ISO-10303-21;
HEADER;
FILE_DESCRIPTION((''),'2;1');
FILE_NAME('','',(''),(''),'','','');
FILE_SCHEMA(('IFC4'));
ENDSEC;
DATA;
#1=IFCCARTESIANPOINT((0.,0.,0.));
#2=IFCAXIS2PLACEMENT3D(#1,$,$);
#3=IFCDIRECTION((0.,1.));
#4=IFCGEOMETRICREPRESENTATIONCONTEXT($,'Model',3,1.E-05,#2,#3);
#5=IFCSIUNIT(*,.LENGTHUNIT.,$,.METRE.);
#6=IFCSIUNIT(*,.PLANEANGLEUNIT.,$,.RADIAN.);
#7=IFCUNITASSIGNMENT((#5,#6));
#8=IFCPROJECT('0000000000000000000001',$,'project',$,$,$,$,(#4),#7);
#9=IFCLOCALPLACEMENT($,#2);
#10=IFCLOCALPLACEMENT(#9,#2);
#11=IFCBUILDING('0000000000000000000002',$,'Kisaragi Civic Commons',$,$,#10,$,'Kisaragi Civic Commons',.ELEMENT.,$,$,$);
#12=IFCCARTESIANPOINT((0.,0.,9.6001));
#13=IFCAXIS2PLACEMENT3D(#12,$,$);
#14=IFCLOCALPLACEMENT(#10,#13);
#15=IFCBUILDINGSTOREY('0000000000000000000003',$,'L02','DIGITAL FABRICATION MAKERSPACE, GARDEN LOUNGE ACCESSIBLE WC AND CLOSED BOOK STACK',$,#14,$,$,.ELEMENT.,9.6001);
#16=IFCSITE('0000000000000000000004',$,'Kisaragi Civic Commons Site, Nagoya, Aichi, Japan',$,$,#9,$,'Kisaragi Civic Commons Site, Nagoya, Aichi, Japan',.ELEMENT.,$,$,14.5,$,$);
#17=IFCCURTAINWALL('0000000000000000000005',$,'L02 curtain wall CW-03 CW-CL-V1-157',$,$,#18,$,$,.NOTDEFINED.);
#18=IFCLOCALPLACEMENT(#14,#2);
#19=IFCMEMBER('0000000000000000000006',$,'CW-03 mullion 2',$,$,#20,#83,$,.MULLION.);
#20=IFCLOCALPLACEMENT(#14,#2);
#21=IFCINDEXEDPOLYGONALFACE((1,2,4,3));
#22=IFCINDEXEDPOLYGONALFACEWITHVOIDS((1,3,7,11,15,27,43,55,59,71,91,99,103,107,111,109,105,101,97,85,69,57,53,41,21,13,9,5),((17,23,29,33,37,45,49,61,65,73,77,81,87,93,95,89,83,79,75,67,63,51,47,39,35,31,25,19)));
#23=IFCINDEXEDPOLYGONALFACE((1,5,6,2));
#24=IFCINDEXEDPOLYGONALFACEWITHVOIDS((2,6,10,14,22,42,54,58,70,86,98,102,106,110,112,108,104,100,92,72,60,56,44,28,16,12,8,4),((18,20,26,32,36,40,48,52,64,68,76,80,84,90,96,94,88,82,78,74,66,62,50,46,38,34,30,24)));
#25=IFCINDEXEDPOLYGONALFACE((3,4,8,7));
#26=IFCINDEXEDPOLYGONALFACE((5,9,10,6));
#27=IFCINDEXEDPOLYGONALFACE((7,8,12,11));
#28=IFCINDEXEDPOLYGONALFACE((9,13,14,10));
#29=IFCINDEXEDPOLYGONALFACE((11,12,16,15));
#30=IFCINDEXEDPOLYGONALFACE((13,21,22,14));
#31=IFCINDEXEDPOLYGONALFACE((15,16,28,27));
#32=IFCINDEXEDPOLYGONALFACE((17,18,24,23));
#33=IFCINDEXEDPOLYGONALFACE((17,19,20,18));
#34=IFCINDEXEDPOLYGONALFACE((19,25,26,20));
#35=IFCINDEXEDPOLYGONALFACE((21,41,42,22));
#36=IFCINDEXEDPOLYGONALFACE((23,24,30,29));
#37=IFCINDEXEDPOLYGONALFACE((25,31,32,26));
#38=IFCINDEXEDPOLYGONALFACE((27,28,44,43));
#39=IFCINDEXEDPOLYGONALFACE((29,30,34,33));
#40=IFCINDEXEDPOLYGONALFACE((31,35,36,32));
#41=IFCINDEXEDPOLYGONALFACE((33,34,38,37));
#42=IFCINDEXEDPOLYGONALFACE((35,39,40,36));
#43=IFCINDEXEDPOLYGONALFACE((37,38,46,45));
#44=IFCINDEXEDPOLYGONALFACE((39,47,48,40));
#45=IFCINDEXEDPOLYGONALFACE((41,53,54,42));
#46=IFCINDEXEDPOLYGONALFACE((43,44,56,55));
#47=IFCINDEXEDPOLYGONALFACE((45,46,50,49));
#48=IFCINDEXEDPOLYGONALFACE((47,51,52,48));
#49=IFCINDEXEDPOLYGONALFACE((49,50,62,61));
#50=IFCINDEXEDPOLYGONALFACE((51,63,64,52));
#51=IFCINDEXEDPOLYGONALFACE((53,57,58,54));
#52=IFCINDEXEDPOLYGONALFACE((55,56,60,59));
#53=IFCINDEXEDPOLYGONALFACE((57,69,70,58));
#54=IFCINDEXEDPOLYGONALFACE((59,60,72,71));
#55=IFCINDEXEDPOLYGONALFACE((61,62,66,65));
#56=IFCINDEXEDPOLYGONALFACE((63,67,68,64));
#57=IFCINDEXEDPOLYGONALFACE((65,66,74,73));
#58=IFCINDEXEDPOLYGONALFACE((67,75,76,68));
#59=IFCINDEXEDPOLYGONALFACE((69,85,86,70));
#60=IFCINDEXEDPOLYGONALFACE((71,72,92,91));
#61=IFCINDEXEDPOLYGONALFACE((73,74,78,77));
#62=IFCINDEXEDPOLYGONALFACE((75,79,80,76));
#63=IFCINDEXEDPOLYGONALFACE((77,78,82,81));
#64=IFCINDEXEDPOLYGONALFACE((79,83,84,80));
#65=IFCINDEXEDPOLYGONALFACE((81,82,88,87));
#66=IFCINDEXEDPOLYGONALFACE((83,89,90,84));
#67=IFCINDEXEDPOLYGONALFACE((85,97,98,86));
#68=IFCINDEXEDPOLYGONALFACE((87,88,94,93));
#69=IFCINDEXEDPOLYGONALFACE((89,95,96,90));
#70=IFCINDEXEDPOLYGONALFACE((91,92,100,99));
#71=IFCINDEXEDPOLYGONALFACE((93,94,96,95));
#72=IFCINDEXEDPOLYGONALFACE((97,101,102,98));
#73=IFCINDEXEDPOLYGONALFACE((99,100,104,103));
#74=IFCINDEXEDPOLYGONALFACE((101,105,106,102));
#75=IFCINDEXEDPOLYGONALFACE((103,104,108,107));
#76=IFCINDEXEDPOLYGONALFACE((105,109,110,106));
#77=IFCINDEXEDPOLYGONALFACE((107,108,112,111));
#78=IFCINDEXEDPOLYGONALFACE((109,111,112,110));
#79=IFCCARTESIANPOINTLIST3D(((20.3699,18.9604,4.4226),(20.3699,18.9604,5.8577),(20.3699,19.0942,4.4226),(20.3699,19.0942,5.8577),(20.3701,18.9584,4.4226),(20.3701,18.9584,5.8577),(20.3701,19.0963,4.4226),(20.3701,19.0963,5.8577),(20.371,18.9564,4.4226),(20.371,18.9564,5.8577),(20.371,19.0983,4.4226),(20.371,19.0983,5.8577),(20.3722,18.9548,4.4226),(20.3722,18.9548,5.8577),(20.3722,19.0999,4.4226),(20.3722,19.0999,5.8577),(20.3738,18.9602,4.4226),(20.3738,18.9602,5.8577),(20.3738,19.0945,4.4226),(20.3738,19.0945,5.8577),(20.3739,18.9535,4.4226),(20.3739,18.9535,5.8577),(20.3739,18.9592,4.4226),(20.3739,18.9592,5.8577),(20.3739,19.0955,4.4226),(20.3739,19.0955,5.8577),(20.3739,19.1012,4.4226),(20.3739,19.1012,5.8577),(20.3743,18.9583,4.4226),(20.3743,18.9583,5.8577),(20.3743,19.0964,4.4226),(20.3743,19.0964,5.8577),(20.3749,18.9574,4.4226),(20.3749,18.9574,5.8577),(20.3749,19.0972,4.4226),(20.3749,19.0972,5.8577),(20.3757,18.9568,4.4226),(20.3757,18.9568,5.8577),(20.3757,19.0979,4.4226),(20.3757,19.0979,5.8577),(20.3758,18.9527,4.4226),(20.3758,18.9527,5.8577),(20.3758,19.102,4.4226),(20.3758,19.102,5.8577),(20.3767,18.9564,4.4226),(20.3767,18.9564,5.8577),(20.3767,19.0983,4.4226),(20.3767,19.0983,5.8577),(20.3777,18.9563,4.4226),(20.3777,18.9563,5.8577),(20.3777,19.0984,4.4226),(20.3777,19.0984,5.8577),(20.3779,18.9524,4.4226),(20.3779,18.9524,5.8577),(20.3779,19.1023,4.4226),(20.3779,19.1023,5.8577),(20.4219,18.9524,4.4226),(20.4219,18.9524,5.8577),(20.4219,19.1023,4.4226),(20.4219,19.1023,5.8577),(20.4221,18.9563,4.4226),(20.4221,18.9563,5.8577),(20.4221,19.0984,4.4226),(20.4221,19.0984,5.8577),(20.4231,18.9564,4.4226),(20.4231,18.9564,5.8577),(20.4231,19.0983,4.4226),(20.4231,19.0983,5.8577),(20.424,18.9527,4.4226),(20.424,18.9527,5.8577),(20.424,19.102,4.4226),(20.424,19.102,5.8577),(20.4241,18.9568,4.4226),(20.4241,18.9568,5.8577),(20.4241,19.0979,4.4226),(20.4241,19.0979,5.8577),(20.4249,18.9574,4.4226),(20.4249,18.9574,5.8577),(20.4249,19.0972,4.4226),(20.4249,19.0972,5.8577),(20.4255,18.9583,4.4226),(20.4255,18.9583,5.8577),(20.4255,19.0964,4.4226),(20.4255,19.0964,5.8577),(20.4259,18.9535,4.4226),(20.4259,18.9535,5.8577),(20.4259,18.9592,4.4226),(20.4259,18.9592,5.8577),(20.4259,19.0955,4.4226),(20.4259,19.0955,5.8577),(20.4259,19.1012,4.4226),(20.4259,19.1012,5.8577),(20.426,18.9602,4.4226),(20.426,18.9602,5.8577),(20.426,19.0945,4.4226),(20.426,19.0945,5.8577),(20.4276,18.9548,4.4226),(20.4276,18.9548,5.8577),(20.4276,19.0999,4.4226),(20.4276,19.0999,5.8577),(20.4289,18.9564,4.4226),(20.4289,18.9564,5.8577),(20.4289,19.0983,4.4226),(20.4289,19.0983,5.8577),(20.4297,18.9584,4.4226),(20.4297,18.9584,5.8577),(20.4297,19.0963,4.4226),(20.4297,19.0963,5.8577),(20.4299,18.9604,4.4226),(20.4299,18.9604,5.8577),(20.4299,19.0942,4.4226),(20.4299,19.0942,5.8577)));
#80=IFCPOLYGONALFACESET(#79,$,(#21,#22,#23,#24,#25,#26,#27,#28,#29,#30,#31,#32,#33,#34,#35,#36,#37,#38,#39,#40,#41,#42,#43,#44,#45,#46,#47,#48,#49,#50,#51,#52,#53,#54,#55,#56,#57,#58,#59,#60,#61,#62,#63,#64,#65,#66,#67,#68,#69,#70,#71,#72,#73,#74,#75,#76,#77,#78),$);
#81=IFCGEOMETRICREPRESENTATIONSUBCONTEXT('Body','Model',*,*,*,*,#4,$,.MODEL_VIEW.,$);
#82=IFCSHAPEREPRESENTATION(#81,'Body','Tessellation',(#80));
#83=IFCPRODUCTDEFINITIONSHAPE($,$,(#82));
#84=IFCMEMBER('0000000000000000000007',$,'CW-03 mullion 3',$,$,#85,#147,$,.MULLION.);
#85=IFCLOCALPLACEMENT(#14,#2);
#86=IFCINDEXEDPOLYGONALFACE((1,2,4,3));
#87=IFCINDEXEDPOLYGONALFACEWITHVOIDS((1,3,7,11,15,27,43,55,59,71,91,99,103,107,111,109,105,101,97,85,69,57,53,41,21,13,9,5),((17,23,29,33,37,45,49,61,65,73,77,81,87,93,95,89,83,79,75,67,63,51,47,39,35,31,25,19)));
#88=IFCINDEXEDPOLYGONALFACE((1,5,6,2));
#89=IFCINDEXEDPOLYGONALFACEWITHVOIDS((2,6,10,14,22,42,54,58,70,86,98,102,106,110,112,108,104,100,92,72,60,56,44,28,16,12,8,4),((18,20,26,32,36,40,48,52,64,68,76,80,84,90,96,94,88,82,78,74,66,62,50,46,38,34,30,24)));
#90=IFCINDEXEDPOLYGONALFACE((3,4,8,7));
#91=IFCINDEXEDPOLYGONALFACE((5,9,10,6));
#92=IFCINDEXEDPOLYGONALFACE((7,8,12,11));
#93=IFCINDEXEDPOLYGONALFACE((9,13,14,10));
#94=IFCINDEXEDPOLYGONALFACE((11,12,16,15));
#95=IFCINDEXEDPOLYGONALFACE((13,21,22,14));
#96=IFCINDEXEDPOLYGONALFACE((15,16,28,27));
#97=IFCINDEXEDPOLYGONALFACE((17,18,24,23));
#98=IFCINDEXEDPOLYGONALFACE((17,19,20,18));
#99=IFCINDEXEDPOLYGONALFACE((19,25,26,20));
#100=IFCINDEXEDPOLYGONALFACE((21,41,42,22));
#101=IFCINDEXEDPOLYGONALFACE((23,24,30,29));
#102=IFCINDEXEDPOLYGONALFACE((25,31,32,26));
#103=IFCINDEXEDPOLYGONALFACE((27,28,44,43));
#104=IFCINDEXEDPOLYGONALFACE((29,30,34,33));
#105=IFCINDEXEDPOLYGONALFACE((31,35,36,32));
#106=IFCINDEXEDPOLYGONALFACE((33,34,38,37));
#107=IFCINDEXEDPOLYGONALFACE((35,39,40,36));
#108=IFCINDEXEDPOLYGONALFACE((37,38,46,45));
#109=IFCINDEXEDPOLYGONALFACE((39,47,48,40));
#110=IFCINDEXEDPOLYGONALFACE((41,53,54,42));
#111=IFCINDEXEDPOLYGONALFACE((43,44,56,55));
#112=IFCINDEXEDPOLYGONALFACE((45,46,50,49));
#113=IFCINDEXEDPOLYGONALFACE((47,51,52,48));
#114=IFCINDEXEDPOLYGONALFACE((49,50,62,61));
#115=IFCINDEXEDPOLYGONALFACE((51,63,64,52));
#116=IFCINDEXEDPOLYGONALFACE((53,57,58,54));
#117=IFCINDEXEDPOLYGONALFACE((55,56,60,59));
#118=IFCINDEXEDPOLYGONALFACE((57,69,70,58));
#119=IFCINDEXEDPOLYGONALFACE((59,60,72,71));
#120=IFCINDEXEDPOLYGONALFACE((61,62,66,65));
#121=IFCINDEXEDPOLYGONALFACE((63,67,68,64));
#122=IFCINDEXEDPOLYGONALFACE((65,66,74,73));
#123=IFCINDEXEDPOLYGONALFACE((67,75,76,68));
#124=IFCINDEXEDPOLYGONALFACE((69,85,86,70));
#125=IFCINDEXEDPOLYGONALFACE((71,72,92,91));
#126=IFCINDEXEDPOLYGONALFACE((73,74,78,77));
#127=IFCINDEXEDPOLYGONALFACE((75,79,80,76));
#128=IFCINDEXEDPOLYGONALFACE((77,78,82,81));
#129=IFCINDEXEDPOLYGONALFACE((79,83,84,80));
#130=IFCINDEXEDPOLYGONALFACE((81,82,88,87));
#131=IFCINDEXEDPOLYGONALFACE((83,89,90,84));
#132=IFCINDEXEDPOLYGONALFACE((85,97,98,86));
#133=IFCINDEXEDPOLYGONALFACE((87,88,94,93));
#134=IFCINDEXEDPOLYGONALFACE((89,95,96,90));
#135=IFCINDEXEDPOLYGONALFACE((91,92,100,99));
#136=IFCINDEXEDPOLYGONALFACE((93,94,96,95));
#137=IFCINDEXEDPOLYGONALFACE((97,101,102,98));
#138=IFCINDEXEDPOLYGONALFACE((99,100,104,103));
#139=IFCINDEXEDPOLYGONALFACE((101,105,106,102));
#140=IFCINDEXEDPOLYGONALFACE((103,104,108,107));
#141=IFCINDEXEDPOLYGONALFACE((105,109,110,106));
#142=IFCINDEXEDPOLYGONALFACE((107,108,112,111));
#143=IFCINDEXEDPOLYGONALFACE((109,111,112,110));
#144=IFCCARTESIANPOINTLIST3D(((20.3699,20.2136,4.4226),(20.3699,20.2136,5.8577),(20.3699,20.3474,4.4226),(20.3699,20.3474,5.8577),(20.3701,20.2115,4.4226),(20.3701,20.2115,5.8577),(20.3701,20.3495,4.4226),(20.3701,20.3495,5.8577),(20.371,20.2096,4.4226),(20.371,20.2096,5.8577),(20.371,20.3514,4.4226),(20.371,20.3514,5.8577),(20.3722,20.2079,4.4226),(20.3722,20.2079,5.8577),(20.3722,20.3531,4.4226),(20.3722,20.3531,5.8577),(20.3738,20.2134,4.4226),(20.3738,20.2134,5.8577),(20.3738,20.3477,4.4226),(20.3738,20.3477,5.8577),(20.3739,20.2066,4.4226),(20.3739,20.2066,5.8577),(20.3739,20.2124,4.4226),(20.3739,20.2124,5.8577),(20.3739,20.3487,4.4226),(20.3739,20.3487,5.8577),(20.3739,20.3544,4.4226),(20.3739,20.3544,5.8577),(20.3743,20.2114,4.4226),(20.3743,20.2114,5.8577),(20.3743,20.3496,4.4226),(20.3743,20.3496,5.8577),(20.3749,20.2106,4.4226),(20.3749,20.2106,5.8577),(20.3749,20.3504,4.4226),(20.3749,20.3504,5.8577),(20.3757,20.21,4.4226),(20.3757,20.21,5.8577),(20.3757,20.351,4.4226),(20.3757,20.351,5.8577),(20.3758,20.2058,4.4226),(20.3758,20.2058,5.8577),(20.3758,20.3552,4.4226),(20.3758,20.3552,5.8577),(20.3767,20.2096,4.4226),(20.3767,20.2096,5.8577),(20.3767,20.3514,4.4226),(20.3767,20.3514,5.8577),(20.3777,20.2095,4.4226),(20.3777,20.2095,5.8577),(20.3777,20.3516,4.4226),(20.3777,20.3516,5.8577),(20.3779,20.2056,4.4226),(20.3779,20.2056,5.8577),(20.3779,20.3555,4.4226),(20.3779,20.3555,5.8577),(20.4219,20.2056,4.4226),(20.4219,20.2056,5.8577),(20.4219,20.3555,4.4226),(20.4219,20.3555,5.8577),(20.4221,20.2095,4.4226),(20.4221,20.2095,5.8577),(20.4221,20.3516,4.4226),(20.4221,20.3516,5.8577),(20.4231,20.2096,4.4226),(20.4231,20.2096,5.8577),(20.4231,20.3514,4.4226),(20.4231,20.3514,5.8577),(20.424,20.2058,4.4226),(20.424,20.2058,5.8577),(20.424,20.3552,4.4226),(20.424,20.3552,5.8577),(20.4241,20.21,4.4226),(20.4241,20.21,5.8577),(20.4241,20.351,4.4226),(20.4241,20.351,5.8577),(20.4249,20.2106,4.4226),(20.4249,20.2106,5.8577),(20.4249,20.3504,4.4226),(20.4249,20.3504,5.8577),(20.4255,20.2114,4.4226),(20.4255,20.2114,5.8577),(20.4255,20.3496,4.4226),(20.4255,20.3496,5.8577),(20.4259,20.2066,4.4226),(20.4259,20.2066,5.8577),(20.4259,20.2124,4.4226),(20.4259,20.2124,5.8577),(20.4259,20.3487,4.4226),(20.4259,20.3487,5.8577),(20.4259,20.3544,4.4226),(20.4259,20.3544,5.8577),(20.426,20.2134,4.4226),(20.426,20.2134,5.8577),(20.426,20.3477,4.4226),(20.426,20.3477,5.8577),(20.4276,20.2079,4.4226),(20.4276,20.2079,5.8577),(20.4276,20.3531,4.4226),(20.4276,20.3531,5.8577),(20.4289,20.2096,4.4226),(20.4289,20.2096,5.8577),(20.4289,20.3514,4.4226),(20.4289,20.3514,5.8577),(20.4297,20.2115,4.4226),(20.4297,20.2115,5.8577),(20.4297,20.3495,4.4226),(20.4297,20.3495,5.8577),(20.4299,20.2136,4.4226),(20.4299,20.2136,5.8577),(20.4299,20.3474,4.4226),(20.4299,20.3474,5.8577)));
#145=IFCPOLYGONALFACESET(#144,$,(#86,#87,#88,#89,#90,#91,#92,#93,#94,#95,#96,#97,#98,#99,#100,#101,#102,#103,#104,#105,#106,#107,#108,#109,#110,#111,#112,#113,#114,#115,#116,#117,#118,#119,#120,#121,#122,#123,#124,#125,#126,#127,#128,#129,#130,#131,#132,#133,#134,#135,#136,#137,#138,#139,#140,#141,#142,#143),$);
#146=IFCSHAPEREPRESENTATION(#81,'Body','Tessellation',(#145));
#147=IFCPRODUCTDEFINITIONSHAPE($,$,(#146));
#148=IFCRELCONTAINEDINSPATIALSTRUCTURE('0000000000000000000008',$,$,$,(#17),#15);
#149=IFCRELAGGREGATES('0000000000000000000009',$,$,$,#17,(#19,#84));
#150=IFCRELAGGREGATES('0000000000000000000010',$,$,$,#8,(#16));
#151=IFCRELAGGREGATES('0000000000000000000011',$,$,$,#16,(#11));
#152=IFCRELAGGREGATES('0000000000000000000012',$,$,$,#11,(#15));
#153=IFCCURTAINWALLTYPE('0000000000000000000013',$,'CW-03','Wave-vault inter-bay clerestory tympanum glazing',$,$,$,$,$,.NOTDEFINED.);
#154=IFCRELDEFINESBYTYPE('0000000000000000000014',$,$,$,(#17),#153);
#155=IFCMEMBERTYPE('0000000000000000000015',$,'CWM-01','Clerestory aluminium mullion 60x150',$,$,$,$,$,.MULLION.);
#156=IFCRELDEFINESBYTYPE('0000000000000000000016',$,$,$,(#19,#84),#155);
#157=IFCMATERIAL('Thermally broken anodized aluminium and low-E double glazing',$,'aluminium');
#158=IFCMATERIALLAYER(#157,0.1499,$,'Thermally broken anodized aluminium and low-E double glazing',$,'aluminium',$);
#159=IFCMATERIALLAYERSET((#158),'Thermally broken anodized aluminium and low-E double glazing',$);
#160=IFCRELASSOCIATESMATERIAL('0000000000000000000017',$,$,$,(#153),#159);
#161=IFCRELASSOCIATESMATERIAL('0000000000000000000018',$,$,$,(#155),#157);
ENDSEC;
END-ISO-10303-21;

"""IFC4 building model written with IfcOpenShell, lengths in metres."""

from ifc_helpers import new_model, si_unit, direction, frame, origin, origin_2d, place, context, subcontext, project, spatial, hollow_rectangle, extrude, material, layer, layer_set, material_profile, profile_set, type_object, element, aggregate, save


model = new_model("IFC4")

# Units and contexts
model_context = context("Model", 3, precision=1e-05, world=origin(), true_north=direction((0.0, 1.0)))
body_context = subcontext(model_context, "Body", "Model", "MODEL_VIEW")
ifc_project = project(units=[si_unit("LENGTHUNIT", "METRE"), si_unit("PLANEANGLEUNIT", "RADIAN")], contexts=[model_context])

# Site, building, storey
site_placement = place(None, origin())
site = spatial("IfcSite", under=ifc_project, at=site_placement, Name="Kisaragi Civic Commons Site, Nagoya, Aichi, Japan", LongName="Kisaragi Civic Commons Site, Nagoya, Aichi, Japan", CompositionType="ELEMENT", RefElevation=14.5)
building_placement = place(site_placement, origin())
building = spatial("IfcBuilding", under=site, at=building_placement, Name="Kisaragi Civic Commons", LongName="Kisaragi Civic Commons", CompositionType="ELEMENT")
storey_placement = place(building_placement, frame((0.0, 0.0, 9.6001)))
storey = spatial("IfcBuildingStorey", under=building, at=storey_placement, Name="L02", Description="DIGITAL FABRICATION MAKERSPACE, GARDEN LOUNGE ACCESSIBLE WC AND CLOSED BOOK STACK", CompositionType="ELEMENT", Elevation=9.6001)

# Shared definitions
ifc_material_1 = material(Name="Thermally broken anodized aluminium and low-E double glazing", Category="aluminium")
ifc_layer_1 = layer(ifc_material_1, 0.1499, Name="Thermally broken anodized aluminium and low-E double glazing", Category="aluminium")
ifc_layer_set_1 = layer_set([ifc_layer_1], Name="Thermally broken anodized aluminium and low-E double glazing")
curtain_wall_type = type_object("IfcCurtainWallType", Name="CW-03", Description="Wave-vault inter-bay clerestory tympanum glazing", PredefinedType="NOTDEFINED", material=ifc_layer_set_1)
ifc_material_profile_1 = material_profile(ifc_material_1, hollow_rectangle(XDim=0.0601, YDim=0.1499, WallThickness=0.0039, InnerFilletRadius=0.0039, OuterFilletRadius=0.0081, at=origin_2d()), Name="CWM-60x150x4", Category="aluminium")
ifc_profile_set_1 = profile_set([ifc_material_profile_1], Name="Thermally broken anodized aluminium and low-E double glazing")
member_type_1 = type_object("IfcMemberType", Name="CWM-01", Description="Clerestory aluminium mullion 60x150", PredefinedType="MULLION", material=ifc_profile_set_1)

# Curtain wall, members
curtain_wall_1_placement = place(storey_placement, origin())
curtain_wall_1 = element("IfcCurtainWall", 1, at=curtain_wall_1_placement, inside=storey, type_object=curtain_wall_type, Name="L02 curtain wall CW-03 CW-CL-V1-157", PredefinedType="NOTDEFINED")
member_1_placement = place(storey_placement, frame((20.3999, 19.0273, 4.4226), z_axis=(0.0, 0.0, 1.0), x_axis=(-1.0, 0.0, 0.0)))
member_1 = element("IfcMember", 2, at=member_1_placement, type_object=member_type_1, Name="CW-03 mullion 2", PredefinedType="MULLION", context=body_context, shape_type="SweptSolid", body=[
    extrude(hollow_rectangle(XDim=0.0601, YDim=0.1499, WallThickness=0.0039, InnerFilletRadius=0.0039, OuterFilletRadius=0.0081, at=origin_2d()), origin(), (0.0, 0.0, 1.0), 1.4351),
])
member_2_placement = place(storey_placement, frame((20.3999, 20.2805, 4.4226), z_axis=(0.0, 0.0, 1.0), x_axis=(-1.0, 0.0, 0.0)))
member_2 = element("IfcMember", 3, at=member_2_placement, type_object=member_type_1, Name="CW-03 mullion 3", PredefinedType="MULLION", context=body_context, shape_type="SweptSolid", body=[
    extrude(hollow_rectangle(XDim=0.0601, YDim=0.1499, WallThickness=0.0039, InnerFilletRadius=0.0039, OuterFilletRadius=0.0081, at=origin_2d()), origin(), (0.0, 0.0, 1.0), 1.4351),
])

aggregate(curtain_wall_1, [member_1, member_2])

save(model, "model.ifc")
